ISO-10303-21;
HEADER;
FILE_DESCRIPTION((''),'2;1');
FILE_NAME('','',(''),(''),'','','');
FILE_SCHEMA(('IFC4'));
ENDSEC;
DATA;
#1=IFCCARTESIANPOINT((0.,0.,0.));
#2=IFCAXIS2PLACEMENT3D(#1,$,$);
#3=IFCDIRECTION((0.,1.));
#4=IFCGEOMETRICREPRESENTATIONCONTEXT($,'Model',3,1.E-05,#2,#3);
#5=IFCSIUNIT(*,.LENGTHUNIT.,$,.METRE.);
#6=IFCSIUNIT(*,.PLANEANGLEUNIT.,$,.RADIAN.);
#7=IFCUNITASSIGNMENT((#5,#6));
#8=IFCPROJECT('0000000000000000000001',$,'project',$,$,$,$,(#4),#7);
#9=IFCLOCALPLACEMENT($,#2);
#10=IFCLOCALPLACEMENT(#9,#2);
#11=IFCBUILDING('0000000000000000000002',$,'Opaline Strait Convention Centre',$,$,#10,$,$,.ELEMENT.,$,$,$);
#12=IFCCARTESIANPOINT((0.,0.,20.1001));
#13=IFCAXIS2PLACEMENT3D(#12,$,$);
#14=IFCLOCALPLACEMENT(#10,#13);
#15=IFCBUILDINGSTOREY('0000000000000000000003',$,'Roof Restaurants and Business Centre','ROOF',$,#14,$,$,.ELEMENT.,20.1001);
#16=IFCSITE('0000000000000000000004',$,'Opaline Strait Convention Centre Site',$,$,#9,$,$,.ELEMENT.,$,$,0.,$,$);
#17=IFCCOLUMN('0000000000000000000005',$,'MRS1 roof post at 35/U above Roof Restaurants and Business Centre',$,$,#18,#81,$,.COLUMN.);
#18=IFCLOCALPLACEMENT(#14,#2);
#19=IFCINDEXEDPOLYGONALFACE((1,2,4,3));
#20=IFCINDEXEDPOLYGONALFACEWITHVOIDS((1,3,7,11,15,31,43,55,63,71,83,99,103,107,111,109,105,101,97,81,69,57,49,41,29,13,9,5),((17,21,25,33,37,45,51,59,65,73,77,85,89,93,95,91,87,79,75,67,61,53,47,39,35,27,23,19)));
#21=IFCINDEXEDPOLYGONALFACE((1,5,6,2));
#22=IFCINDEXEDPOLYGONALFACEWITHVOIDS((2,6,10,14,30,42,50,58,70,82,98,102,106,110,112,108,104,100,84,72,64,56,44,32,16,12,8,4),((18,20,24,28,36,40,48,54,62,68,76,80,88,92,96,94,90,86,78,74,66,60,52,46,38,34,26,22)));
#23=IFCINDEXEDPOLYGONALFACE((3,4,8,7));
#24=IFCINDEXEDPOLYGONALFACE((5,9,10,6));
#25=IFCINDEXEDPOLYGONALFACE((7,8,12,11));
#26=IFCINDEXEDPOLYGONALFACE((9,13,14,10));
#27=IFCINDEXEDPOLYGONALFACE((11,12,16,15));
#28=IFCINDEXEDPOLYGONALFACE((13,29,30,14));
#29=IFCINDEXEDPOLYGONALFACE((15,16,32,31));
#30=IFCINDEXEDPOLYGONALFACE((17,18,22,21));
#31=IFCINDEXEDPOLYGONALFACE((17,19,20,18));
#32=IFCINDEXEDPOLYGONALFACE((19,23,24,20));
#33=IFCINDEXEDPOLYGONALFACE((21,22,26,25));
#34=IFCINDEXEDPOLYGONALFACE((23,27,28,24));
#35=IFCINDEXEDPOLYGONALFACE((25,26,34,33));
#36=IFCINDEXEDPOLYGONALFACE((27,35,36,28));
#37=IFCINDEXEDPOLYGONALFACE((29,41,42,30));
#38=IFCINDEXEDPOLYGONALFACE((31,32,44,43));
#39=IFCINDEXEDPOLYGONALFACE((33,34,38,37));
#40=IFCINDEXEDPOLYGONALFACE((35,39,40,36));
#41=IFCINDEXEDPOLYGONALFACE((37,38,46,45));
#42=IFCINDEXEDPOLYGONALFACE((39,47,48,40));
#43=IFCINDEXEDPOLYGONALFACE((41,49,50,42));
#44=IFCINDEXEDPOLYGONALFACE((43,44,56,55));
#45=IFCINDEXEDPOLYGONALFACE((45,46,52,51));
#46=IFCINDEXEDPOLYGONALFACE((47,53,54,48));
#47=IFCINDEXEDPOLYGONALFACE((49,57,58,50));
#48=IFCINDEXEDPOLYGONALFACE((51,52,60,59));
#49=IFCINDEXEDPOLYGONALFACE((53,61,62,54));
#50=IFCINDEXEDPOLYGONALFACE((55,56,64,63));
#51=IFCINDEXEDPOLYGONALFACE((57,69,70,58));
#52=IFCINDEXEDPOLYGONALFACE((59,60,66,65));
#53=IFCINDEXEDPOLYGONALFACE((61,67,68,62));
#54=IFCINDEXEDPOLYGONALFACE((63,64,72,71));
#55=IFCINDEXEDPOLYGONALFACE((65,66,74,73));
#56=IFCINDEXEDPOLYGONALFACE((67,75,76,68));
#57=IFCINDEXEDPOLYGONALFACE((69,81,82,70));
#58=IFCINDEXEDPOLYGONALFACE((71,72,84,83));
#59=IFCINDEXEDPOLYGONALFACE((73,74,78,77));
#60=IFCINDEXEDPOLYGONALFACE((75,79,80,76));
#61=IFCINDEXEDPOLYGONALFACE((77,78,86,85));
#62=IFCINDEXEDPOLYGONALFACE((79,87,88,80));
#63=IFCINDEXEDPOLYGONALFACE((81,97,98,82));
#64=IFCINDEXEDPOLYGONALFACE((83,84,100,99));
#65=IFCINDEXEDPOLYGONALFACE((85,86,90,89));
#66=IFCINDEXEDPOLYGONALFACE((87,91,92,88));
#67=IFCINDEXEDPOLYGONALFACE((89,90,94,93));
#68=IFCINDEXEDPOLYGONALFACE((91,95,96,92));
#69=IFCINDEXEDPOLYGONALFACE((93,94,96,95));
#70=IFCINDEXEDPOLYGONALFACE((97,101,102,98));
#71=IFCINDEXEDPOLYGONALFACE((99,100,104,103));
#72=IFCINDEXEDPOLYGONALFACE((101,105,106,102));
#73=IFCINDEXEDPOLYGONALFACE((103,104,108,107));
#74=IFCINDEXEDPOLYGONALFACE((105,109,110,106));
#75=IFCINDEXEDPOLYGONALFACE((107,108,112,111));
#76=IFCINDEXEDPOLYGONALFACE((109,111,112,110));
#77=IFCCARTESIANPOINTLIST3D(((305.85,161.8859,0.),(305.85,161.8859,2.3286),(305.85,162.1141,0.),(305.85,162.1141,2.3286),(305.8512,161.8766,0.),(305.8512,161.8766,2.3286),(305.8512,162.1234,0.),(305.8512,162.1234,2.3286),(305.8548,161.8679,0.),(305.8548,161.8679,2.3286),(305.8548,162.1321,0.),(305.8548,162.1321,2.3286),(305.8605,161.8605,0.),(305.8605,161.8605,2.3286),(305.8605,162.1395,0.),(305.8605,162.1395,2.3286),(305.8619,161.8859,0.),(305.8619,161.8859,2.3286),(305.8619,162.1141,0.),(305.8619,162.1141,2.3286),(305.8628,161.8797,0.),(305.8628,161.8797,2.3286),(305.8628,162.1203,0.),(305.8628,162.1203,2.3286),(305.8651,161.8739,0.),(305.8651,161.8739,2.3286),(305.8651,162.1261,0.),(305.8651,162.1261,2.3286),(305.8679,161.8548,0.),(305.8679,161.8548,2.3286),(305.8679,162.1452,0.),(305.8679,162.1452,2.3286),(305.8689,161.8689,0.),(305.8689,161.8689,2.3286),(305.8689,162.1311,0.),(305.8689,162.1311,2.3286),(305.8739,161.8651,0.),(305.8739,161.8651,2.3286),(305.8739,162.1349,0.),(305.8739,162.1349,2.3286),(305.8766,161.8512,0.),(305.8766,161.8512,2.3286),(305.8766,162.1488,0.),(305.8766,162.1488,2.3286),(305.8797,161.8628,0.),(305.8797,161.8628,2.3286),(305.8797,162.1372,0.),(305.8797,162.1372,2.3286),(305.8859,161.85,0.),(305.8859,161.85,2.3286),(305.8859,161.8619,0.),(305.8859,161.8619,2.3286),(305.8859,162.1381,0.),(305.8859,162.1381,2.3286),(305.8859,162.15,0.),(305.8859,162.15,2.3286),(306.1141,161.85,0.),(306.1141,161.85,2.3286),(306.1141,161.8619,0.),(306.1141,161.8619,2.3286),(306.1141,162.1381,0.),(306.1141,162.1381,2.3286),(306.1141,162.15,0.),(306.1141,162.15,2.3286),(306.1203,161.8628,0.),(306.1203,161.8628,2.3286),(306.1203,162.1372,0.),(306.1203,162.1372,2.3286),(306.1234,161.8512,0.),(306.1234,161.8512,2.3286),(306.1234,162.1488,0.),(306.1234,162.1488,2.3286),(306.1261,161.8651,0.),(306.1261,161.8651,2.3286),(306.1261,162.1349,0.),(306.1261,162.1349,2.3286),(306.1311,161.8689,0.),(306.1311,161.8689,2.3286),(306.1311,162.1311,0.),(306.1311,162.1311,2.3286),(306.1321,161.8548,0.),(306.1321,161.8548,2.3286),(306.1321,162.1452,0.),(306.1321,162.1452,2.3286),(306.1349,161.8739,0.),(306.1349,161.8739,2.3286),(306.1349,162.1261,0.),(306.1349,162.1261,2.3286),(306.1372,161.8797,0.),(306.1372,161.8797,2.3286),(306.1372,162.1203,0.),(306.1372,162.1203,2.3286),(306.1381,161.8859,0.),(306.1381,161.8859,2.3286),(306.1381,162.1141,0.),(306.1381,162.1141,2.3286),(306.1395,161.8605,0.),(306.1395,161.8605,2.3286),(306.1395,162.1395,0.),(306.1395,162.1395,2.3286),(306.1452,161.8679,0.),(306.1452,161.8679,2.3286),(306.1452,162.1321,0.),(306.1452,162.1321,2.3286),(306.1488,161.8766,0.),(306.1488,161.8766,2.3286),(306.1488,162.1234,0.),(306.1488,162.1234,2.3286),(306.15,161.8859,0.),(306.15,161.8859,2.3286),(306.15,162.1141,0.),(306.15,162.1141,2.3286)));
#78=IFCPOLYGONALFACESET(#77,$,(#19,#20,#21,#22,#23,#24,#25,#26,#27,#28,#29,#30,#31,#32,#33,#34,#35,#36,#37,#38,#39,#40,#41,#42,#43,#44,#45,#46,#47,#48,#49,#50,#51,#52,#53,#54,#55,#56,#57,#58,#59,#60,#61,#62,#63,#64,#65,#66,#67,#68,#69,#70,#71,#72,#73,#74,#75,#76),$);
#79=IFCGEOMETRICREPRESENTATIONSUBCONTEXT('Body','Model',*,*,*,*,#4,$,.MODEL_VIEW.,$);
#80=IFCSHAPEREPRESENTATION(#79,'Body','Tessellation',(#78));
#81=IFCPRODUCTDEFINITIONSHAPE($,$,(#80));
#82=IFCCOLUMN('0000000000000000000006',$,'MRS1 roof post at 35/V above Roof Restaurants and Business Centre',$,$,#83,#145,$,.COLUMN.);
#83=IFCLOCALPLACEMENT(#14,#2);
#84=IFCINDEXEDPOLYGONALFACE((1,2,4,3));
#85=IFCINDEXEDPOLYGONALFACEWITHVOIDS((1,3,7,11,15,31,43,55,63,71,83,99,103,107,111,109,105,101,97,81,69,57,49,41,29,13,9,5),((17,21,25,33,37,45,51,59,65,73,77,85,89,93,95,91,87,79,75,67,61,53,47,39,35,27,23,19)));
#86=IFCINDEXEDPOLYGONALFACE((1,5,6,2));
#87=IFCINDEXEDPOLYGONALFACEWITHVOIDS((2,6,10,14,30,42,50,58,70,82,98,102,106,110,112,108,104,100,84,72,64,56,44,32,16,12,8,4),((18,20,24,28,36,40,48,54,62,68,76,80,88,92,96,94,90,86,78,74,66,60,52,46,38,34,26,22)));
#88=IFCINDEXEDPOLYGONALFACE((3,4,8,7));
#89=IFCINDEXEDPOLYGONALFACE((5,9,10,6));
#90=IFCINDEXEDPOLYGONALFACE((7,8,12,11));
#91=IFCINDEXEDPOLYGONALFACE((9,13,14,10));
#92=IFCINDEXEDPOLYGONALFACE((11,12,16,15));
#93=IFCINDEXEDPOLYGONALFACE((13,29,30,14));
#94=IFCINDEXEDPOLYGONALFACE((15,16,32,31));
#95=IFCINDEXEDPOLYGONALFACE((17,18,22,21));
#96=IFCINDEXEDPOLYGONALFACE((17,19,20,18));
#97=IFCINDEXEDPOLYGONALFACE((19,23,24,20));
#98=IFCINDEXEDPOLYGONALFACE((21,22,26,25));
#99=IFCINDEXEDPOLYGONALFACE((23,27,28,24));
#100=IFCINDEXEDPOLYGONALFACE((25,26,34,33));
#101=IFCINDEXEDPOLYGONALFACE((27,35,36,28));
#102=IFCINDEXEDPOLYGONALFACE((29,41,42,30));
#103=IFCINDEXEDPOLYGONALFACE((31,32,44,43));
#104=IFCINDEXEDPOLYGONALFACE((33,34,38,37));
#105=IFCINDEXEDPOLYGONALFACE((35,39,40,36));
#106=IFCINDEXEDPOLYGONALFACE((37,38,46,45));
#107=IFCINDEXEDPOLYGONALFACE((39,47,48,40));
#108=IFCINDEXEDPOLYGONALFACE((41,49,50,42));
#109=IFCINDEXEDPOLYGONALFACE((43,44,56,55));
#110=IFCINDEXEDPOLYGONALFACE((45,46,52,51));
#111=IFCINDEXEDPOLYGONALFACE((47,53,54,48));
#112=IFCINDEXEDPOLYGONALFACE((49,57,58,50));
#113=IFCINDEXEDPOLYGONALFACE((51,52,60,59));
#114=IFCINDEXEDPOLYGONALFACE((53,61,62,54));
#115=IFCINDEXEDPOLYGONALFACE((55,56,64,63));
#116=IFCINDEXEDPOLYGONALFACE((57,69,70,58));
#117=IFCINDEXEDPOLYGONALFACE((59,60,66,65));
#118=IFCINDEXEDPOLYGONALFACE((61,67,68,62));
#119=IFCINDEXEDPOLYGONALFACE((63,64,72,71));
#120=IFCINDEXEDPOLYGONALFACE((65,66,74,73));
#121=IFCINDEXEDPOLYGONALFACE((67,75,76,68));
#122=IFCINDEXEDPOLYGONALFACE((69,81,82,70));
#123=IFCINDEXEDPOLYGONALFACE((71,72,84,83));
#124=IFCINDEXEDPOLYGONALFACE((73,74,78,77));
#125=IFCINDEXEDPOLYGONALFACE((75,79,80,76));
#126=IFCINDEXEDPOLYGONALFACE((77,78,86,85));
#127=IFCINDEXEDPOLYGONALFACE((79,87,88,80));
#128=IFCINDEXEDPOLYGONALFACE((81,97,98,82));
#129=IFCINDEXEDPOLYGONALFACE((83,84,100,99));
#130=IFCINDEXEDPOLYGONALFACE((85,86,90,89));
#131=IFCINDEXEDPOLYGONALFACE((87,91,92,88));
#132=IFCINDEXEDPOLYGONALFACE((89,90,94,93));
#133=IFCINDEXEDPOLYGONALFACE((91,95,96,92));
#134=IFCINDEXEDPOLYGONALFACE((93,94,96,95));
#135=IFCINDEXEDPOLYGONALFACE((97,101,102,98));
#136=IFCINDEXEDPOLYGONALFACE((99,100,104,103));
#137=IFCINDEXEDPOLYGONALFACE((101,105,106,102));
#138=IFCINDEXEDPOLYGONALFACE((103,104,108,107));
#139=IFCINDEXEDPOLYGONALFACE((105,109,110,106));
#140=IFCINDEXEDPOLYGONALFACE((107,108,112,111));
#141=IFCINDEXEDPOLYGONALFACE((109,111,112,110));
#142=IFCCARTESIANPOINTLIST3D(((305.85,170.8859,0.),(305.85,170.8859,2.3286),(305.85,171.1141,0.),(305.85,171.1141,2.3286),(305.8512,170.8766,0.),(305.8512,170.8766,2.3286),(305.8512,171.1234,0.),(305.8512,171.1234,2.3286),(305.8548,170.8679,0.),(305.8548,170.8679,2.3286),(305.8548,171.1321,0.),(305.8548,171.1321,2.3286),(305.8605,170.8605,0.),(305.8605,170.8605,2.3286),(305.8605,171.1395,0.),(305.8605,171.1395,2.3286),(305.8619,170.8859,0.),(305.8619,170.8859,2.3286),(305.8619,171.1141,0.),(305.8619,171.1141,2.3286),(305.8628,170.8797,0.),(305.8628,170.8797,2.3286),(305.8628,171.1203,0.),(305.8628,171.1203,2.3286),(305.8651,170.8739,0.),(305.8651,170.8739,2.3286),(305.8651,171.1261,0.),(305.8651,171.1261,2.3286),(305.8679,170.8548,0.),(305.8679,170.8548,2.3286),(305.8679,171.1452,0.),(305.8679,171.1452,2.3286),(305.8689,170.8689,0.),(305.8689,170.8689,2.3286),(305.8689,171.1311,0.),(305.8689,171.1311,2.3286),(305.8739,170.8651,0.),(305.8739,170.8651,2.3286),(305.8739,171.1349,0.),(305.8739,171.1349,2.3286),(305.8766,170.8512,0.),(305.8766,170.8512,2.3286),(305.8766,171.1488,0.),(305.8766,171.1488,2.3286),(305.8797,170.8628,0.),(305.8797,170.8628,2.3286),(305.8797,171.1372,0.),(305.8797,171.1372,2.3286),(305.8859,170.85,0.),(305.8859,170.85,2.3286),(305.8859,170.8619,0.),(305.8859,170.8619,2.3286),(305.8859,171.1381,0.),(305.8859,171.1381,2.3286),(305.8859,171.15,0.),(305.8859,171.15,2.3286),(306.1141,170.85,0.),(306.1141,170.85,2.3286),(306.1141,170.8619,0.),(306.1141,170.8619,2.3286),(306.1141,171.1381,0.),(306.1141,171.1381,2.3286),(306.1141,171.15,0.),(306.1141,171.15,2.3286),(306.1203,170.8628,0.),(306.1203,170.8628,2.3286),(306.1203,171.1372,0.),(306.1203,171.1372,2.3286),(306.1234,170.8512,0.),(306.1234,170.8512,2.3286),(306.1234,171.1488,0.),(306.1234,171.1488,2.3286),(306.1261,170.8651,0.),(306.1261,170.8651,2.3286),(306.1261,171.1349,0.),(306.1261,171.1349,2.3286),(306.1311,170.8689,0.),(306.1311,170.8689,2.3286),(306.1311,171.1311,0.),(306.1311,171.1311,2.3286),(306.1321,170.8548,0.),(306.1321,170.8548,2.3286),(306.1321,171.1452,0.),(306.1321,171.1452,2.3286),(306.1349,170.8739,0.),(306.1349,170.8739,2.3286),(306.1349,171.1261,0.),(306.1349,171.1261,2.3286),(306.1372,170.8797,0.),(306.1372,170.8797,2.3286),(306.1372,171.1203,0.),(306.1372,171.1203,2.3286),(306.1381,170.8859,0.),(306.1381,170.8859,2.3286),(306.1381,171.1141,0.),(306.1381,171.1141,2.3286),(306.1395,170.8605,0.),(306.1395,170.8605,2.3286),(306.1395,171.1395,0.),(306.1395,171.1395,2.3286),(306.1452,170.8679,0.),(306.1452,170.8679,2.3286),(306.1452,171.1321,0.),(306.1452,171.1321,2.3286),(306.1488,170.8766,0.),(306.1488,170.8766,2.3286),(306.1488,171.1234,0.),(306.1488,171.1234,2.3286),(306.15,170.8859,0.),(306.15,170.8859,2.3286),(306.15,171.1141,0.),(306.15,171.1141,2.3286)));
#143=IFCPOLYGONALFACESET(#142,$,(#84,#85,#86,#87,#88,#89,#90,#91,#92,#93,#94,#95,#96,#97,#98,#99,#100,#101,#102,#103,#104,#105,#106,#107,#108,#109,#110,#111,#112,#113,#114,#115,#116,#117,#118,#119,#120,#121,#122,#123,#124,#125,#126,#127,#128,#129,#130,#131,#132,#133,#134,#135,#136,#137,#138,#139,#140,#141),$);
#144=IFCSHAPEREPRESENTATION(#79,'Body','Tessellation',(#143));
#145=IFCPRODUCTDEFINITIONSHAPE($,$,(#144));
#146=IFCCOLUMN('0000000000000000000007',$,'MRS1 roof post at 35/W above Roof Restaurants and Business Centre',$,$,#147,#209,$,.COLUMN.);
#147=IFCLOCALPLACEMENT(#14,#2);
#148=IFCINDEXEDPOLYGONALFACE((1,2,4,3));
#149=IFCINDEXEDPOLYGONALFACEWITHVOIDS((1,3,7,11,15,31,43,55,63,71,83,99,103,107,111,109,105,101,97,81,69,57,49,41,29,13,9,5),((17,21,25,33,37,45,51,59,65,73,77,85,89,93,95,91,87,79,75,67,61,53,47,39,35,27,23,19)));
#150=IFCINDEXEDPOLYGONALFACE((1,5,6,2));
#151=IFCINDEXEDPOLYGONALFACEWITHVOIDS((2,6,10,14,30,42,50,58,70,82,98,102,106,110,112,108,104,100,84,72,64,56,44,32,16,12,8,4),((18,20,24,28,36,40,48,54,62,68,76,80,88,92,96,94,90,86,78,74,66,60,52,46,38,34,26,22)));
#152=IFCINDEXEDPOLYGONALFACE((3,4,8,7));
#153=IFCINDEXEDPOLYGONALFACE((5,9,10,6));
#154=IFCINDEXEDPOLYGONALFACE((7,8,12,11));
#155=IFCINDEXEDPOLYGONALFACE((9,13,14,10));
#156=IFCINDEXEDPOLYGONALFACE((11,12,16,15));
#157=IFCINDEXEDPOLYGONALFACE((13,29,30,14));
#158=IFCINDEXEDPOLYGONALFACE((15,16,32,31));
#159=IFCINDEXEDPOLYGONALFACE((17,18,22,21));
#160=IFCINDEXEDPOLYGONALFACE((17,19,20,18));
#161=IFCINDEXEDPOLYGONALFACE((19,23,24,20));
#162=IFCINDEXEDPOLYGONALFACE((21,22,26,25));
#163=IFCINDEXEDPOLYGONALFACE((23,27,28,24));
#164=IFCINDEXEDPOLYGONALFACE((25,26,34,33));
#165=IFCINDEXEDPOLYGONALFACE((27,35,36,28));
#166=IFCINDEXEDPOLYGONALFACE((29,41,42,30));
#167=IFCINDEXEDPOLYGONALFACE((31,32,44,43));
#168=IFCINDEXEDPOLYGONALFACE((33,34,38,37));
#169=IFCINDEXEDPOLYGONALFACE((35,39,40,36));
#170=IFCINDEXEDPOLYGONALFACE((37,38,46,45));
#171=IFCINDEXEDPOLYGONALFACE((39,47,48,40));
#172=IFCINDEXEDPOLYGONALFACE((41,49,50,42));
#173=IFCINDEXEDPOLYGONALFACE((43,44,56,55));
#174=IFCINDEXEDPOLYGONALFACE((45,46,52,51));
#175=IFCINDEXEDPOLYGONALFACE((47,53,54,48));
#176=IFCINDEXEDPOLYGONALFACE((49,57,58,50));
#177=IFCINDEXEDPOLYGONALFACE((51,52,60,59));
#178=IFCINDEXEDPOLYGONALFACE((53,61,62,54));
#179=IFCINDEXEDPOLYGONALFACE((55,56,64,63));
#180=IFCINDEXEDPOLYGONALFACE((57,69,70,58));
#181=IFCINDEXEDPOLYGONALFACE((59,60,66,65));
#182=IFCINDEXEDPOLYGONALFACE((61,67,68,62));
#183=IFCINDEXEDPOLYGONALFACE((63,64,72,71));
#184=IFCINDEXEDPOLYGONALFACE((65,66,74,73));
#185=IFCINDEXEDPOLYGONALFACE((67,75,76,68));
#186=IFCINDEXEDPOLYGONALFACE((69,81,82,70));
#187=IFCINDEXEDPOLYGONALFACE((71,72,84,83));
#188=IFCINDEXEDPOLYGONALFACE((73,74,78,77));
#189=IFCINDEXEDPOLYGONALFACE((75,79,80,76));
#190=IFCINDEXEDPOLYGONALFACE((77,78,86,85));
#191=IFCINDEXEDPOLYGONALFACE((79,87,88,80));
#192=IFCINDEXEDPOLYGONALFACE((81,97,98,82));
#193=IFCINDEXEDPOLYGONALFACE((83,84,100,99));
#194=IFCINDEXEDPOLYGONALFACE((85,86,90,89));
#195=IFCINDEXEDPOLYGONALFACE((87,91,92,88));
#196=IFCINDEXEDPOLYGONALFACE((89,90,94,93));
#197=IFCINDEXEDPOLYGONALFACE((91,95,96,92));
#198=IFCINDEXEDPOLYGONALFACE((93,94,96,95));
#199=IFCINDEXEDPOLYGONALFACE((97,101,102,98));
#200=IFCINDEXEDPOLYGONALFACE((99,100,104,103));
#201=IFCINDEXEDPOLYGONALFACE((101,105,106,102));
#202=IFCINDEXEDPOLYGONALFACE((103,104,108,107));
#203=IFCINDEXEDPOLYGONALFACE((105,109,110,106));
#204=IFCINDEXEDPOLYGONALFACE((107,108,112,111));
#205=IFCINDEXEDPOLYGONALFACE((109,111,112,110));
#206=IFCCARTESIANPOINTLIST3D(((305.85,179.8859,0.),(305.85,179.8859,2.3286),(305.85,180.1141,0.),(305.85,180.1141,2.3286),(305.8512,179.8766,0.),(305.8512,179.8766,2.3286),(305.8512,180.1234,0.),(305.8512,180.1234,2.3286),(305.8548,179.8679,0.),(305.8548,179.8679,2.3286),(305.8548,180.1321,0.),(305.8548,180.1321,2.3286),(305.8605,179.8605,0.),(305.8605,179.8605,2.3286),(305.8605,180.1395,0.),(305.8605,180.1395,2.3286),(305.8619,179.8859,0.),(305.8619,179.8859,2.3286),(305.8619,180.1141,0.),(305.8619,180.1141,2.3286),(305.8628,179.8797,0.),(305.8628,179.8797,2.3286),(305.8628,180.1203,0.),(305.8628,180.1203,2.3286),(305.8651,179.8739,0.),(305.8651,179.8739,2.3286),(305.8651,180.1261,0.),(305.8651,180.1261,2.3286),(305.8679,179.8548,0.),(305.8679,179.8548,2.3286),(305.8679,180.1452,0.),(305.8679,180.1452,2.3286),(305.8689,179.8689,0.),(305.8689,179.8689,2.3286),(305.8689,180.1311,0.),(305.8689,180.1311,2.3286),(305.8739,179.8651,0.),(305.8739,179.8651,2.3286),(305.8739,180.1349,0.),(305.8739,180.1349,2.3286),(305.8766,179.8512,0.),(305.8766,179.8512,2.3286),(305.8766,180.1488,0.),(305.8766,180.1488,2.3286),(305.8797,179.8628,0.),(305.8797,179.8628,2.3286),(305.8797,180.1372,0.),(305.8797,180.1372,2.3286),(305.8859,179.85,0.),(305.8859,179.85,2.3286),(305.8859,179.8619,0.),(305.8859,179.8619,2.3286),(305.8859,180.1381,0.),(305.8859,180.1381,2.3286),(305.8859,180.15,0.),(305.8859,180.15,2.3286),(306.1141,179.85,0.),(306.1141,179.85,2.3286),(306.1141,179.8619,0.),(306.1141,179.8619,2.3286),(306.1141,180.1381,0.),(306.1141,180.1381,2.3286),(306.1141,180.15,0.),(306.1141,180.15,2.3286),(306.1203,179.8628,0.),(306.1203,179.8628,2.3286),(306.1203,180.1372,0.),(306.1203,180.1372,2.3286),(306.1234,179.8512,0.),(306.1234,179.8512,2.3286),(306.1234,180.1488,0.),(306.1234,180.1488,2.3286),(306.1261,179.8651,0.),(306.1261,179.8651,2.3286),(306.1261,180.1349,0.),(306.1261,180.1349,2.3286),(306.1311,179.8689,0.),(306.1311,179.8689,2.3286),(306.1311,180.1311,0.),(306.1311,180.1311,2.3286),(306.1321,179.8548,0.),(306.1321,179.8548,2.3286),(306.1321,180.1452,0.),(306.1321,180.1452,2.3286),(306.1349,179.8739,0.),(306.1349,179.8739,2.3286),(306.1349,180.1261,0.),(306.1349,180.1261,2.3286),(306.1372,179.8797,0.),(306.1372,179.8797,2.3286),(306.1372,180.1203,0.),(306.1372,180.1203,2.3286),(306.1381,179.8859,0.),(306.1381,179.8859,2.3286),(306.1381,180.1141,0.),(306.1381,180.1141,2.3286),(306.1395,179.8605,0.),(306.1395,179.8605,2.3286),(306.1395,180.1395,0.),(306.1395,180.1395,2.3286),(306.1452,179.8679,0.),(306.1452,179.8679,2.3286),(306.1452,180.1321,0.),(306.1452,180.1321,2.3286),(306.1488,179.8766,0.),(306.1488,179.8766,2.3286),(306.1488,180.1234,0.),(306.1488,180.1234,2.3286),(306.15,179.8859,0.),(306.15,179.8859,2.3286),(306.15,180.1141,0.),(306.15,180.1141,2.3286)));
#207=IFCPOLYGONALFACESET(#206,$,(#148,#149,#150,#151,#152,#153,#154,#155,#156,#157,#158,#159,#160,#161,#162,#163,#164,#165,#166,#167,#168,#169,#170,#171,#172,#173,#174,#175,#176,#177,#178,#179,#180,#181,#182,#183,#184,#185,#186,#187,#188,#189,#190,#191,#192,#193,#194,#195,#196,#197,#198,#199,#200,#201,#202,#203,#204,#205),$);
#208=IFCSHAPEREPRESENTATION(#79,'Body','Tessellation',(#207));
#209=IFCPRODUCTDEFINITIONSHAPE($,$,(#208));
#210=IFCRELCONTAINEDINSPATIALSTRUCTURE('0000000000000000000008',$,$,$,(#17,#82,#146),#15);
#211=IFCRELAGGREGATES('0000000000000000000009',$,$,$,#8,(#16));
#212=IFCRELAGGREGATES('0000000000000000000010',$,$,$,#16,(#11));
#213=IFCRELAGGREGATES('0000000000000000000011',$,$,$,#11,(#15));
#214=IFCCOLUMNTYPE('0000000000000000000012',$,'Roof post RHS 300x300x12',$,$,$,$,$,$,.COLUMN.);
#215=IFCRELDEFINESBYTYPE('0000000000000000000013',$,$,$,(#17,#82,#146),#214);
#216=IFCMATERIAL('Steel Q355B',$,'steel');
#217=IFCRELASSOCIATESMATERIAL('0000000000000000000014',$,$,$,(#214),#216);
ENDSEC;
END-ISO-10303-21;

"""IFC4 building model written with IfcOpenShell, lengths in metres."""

from ifc_helpers import new_model, si_unit, direction, frame, origin, origin_2d, place, context, subcontext, project, spatial, hollow_rectangle, extrude, material, material_profile, profile_set, type_object, element, save


model = new_model("IFC4")

# Units and contexts
model_context = context("Model", 3, precision=1e-05, world=origin(), true_north=direction((0.0, 1.0)))
body_context = subcontext(model_context, "Body", "Model", "MODEL_VIEW")
ifc_project = project(units=[si_unit("LENGTHUNIT", "METRE"), si_unit("PLANEANGLEUNIT", "RADIAN")], contexts=[model_context])

# Site, building, storey
site_placement = place(None, origin())
site = spatial("IfcSite", under=ifc_project, at=site_placement, Name="Opaline Strait Convention Centre Site", CompositionType="ELEMENT", RefElevation=0.0)
building_placement = place(site_placement, origin())
building = spatial("IfcBuilding", under=site, at=building_placement, Name="Opaline Strait Convention Centre", CompositionType="ELEMENT")
storey_placement = place(building_placement, frame((0.0, 0.0, 20.1001)))
storey = spatial("IfcBuildingStorey", under=building, at=storey_placement, Name="Roof Restaurants and Business Centre", Description="ROOF", CompositionType="ELEMENT", Elevation=20.1001)

# Columns
ifc_material = material(Name="Steel Q355B", Category="steel")
ifc_material_profile = material_profile(ifc_material, hollow_rectangle(XDim=0.3, YDim=0.3, WallThickness=0.012, InnerFilletRadius=0.0239, OuterFilletRadius=0.0359, at=origin_2d()), Name="RHS 300x300x12")
ifc_profile_set = profile_set([ifc_material_profile], Name="Steel Q355B")
column_type = type_object("IfcColumnType", Name="Roof post RHS 300x300x12", PredefinedType="COLUMN", material=ifc_profile_set)
for number, where, z_axis, x_axis, name in (
    (1, (306.0, 162.0, 0.0), (0.0, 0.0, 1.0), (1.0, 0.0, 0.0), "MRS1 roof post at 35/U above Roof Restaurants and Business Centre"),
    (2, (306.0, 171.0, 0.0), (0.0, 0.0, 1.0), (1.0, 0.0, 0.0), "MRS1 roof post at 35/V above Roof Restaurants and Business Centre"),
    (3, (306.0, 180.0, 0.0), (0.0, 0.0, 1.0), (1.0, 0.0, 0.0), "MRS1 roof post at 35/W above Roof Restaurants and Business Centre"),
):
    element("IfcColumn", number, at=place(storey_placement, frame(where, z_axis=z_axis, x_axis=x_axis)), inside=storey, type_object=column_type, Name=name, PredefinedType="COLUMN", context=body_context, shape_type="SweptSolid", body=[
        extrude(hollow_rectangle(XDim=0.3, YDim=0.3, WallThickness=0.012, InnerFilletRadius=0.0239, OuterFilletRadius=0.0359, at=origin_2d()), origin(), (0.0, 0.0, 1.0), 2.3286),
    ])

save(model, "model.ifc")
